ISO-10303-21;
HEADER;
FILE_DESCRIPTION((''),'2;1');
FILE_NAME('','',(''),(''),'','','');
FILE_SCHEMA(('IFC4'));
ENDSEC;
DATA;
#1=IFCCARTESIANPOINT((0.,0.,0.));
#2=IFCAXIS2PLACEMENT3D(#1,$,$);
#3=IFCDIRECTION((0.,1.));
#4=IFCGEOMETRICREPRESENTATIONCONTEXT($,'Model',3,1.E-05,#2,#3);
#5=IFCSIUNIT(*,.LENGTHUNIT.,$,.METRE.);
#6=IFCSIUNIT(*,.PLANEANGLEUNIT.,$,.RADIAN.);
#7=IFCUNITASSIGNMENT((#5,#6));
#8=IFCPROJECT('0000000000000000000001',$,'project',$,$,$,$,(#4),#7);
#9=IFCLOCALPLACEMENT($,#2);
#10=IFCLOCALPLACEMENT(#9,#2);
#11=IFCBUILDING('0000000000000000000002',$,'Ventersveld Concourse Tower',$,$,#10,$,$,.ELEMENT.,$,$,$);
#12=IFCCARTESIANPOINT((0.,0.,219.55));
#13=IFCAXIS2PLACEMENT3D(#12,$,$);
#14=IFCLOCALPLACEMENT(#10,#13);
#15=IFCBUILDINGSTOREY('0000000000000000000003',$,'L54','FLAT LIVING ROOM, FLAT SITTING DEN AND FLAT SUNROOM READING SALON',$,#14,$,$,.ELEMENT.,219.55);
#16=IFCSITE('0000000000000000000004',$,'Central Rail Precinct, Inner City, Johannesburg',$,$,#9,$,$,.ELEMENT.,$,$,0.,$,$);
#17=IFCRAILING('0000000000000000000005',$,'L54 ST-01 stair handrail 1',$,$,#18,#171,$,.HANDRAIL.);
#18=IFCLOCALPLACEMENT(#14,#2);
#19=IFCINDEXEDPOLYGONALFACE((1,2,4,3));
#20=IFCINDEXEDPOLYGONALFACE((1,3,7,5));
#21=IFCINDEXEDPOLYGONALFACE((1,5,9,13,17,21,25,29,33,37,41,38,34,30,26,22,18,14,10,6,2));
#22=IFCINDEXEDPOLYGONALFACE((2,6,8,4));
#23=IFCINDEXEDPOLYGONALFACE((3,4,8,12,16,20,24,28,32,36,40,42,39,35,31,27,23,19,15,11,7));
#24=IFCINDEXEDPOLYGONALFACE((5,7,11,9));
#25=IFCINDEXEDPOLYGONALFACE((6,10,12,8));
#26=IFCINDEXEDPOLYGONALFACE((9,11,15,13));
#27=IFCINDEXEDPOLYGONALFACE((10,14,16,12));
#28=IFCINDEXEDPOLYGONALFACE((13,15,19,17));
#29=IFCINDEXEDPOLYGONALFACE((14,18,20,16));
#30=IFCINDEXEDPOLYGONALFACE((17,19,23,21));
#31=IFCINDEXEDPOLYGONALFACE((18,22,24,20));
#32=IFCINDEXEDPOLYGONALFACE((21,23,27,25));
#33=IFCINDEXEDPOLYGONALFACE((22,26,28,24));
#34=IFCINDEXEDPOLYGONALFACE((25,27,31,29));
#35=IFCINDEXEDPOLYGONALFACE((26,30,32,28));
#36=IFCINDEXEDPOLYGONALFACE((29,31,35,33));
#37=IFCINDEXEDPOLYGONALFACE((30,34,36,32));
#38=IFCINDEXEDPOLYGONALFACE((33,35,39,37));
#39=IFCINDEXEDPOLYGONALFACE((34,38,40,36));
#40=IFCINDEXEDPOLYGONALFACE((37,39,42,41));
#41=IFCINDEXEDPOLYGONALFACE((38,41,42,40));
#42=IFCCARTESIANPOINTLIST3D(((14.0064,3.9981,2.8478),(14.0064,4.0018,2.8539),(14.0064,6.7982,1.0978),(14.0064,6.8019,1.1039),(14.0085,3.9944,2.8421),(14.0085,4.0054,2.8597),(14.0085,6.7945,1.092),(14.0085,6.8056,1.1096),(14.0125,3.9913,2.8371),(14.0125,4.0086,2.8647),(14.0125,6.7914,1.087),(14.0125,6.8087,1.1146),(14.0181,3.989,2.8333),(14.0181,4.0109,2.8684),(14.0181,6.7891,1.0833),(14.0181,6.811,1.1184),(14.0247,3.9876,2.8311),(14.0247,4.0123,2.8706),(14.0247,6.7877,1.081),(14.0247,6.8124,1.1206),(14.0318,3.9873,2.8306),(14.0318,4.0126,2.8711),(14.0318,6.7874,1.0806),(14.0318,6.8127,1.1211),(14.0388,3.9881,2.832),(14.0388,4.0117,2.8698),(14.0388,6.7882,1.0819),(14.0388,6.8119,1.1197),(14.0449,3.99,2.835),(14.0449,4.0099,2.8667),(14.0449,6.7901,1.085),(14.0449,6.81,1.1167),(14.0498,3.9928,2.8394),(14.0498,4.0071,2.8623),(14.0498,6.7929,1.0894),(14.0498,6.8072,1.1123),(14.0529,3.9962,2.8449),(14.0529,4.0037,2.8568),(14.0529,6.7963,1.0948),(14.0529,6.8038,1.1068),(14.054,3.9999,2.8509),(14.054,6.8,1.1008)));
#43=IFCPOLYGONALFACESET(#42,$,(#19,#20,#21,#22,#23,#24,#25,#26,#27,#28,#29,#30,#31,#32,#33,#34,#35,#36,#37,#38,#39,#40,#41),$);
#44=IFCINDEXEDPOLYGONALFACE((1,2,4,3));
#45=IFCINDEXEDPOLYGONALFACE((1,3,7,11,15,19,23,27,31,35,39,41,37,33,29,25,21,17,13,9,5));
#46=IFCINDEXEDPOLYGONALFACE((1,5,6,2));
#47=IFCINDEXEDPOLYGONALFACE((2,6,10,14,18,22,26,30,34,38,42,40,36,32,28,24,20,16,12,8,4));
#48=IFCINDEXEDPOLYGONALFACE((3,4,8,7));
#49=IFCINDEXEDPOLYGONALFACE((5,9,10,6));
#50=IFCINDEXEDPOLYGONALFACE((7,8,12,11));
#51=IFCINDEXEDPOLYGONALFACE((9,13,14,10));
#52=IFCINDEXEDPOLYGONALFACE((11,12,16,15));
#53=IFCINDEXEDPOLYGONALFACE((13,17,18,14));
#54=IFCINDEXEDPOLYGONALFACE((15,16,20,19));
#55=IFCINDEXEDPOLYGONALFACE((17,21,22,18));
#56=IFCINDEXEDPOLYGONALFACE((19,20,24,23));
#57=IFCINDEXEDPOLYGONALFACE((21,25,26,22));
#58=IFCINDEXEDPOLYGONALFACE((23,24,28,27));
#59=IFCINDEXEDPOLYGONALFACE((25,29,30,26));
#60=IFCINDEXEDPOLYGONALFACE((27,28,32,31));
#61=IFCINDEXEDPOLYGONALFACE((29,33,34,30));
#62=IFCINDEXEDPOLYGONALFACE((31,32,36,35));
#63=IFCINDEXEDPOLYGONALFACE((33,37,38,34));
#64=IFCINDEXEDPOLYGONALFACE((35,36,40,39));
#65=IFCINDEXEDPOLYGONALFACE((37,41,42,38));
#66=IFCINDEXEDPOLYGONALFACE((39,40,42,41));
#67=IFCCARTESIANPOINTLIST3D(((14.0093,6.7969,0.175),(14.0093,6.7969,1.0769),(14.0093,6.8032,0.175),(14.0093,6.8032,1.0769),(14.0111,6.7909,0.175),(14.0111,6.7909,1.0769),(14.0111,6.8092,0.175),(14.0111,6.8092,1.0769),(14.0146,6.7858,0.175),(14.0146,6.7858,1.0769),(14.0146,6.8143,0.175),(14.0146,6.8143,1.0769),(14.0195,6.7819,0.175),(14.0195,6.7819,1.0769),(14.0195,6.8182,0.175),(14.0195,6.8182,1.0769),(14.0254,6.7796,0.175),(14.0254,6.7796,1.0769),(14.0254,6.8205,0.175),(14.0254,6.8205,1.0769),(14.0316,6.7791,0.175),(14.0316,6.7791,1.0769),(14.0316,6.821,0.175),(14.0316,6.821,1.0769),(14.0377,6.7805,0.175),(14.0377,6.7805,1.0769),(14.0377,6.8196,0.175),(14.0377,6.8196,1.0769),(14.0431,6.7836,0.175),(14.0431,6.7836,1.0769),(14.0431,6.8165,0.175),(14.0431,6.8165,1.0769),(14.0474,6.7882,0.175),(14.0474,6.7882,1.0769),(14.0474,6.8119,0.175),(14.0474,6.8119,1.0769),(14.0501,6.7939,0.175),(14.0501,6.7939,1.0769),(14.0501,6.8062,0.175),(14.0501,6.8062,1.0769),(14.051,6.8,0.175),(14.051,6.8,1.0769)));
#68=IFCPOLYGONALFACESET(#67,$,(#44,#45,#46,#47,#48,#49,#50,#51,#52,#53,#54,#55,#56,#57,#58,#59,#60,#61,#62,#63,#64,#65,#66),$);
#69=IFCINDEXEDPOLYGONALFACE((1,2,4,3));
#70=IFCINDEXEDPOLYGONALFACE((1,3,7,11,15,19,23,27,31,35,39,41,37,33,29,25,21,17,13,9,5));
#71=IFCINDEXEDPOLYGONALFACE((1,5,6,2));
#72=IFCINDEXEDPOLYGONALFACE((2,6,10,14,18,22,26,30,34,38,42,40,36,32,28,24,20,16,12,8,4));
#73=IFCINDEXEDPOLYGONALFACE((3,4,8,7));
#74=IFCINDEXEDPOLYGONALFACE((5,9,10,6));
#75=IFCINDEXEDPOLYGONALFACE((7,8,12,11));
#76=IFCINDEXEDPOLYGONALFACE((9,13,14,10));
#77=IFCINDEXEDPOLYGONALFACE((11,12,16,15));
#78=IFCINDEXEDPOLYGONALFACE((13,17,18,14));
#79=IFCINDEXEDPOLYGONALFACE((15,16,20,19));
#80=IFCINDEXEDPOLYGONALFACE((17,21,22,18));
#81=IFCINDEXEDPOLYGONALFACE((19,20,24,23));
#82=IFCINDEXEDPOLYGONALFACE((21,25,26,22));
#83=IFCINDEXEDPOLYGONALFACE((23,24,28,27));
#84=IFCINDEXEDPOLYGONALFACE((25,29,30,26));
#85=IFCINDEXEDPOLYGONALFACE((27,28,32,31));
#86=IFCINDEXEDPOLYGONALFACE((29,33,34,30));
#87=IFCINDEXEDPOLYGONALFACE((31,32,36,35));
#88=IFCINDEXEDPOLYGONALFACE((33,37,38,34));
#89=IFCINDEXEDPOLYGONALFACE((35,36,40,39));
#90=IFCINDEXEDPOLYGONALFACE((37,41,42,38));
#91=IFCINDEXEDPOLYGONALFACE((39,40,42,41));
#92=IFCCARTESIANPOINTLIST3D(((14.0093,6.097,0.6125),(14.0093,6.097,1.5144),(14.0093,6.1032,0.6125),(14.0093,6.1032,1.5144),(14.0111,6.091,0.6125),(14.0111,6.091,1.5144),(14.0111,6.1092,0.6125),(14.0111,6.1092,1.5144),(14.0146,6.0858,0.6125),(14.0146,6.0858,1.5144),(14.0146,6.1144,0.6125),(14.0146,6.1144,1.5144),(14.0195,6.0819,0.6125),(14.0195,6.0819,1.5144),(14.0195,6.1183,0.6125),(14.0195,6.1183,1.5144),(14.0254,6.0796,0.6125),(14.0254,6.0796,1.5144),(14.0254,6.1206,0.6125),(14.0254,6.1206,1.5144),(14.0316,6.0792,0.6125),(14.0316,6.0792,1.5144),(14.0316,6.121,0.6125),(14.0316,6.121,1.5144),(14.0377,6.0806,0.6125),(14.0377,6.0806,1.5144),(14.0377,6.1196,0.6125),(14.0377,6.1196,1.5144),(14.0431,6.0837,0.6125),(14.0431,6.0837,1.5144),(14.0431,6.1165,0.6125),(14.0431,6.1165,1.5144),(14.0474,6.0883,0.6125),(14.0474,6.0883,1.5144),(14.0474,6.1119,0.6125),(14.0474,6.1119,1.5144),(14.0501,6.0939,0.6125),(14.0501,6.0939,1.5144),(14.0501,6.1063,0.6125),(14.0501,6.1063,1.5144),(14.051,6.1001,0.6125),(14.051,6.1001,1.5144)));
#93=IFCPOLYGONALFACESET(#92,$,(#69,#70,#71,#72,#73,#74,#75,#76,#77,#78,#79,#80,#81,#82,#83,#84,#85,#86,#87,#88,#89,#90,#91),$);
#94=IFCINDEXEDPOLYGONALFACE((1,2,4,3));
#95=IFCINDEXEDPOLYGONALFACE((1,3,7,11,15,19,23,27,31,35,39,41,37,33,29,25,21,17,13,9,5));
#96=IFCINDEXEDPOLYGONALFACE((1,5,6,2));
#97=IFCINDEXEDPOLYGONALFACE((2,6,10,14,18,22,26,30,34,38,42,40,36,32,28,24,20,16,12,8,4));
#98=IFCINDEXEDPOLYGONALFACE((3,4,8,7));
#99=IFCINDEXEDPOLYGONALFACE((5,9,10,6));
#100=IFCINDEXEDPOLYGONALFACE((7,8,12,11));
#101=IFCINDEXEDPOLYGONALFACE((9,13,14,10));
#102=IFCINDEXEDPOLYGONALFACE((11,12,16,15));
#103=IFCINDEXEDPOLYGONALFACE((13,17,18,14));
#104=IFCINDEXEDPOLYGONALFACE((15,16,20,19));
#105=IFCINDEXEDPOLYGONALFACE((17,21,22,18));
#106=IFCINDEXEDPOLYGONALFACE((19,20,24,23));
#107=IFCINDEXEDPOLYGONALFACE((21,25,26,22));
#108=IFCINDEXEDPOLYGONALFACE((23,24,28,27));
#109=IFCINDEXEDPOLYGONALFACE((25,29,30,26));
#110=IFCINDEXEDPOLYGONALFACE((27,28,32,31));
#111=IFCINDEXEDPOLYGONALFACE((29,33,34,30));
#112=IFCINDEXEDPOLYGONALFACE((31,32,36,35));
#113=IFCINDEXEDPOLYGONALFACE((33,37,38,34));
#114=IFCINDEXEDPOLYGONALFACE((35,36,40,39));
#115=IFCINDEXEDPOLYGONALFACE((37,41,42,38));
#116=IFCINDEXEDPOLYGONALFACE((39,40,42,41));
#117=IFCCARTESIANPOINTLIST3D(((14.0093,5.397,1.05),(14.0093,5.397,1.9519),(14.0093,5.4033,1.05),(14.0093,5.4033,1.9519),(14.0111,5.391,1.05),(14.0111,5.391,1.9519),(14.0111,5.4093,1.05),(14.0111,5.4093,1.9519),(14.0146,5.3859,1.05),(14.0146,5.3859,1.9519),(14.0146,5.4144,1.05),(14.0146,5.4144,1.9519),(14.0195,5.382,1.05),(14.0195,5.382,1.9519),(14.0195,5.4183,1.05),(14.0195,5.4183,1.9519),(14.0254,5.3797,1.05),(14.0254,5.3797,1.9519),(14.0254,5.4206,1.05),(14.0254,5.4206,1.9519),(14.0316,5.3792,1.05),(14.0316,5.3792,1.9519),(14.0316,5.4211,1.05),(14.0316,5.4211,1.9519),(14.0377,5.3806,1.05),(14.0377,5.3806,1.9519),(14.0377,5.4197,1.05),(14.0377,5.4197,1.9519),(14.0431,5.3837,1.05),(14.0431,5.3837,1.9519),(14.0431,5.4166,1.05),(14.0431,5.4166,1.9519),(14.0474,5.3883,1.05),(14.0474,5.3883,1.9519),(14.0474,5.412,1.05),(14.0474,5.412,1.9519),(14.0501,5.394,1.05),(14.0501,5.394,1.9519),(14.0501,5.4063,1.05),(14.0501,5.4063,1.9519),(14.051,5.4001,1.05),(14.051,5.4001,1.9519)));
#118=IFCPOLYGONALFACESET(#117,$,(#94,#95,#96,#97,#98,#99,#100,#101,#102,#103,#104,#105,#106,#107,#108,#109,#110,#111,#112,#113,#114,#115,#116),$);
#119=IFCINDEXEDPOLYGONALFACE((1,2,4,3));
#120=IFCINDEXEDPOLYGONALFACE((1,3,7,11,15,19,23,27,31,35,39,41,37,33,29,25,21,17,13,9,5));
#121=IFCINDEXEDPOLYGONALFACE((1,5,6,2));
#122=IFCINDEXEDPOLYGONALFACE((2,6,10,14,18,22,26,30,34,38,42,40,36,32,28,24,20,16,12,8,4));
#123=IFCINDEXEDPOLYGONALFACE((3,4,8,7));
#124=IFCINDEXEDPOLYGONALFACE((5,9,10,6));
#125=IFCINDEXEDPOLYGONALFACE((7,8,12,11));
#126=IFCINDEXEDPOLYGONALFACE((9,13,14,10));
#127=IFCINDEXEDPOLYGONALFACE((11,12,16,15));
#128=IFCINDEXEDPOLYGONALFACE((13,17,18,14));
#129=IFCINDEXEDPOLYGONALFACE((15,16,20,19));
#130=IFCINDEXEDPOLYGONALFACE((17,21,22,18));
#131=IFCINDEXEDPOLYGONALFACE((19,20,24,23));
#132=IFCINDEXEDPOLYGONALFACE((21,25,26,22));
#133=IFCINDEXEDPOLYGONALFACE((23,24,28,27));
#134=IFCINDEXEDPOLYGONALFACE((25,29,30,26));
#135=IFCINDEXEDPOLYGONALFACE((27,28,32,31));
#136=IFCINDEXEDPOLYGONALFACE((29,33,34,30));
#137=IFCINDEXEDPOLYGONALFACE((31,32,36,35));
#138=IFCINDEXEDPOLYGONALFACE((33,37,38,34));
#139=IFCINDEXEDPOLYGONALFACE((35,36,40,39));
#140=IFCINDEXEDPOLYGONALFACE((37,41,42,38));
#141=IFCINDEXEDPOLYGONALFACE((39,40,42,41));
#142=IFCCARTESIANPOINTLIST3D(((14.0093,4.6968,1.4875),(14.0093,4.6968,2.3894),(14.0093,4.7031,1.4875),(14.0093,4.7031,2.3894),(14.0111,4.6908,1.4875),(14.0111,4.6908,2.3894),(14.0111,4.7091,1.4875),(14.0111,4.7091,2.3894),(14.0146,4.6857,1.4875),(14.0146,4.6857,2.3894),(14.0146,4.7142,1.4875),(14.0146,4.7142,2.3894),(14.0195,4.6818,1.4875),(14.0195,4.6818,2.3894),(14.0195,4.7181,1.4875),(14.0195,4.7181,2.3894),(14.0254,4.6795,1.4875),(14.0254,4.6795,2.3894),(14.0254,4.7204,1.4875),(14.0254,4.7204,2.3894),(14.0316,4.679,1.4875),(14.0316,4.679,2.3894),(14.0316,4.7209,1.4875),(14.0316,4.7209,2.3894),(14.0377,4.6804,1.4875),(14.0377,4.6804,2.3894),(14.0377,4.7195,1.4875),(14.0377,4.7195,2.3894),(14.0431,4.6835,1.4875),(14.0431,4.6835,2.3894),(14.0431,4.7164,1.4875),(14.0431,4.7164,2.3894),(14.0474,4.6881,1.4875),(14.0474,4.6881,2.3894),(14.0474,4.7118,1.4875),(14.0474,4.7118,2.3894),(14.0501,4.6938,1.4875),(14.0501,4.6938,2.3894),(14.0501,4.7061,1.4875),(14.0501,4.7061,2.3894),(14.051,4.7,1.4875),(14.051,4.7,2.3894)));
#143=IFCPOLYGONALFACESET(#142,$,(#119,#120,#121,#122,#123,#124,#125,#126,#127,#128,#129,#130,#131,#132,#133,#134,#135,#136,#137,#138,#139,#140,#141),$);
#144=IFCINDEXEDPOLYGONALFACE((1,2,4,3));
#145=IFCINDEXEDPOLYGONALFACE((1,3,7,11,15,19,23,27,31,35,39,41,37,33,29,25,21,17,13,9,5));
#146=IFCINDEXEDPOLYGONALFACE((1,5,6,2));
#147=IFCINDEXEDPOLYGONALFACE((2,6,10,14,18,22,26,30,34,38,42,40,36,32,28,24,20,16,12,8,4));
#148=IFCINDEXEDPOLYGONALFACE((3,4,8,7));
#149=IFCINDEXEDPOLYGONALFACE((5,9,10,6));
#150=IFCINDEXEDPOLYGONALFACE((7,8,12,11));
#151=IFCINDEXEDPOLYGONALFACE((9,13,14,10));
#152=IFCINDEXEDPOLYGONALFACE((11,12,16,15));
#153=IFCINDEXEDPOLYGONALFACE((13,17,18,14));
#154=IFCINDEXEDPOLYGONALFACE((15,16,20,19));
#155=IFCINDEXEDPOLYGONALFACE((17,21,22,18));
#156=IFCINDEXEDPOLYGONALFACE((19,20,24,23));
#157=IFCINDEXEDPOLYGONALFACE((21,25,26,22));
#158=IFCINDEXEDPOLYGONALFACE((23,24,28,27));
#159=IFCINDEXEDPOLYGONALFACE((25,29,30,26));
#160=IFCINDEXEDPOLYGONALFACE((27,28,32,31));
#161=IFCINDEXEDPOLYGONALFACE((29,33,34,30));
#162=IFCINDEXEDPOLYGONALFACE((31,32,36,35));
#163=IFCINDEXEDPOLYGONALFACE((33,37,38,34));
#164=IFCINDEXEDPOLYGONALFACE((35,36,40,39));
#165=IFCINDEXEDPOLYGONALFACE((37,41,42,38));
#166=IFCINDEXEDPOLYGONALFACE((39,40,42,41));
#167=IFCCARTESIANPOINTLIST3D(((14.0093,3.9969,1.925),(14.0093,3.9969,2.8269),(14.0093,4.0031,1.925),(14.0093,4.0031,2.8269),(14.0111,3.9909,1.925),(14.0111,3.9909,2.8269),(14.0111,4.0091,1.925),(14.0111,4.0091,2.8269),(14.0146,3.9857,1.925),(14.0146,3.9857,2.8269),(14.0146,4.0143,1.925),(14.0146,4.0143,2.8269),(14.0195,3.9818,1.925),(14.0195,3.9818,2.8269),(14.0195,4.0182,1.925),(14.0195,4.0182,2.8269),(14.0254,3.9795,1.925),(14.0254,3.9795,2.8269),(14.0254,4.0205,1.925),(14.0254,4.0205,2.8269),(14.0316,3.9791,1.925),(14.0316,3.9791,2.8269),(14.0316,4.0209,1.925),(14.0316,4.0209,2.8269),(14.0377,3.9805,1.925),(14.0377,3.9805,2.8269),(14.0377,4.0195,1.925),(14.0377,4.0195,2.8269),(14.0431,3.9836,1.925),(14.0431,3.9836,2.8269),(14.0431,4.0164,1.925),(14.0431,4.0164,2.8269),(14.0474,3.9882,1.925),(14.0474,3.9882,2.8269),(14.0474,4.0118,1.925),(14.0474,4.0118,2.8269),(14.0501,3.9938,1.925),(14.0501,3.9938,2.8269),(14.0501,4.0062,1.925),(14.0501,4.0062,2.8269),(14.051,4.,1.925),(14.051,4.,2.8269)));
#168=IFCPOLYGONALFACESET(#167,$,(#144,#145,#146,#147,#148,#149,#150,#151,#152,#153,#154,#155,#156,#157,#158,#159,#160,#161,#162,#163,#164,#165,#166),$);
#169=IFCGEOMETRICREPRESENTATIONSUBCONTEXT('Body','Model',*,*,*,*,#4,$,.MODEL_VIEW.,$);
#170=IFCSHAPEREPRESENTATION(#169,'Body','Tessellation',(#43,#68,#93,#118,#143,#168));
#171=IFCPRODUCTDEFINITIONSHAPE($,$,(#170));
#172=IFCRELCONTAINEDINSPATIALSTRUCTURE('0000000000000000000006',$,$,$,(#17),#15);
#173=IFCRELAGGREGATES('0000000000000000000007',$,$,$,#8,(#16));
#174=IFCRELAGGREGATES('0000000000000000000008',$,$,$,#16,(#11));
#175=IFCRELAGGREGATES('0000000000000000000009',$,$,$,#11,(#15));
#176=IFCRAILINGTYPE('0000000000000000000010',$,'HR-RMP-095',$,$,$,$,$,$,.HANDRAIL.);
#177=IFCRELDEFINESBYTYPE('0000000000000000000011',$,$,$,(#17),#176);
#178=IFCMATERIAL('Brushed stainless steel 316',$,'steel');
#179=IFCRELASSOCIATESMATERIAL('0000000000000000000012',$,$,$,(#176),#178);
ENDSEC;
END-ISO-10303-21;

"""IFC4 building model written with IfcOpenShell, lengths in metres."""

from ifc_helpers import new_model, si_unit, direction, frame, origin, origin_2d, place, context, subcontext, project, spatial, circle, extrude, material, type_object, element, save


model = new_model("IFC4")

# Units and contexts
model_context = context("Model", 3, precision=1e-05, world=origin(), true_north=direction((0.0, 1.0)))
body_context = subcontext(model_context, "Body", "Model", "MODEL_VIEW")
ifc_project = project(units=[si_unit("LENGTHUNIT", "METRE"), si_unit("PLANEANGLEUNIT", "RADIAN")], contexts=[model_context])

# Site, building, storey
site_placement = place(None, origin())
site = spatial("IfcSite", under=ifc_project, at=site_placement, Name="Central Rail Precinct, Inner City, Johannesburg", CompositionType="ELEMENT", RefElevation=0.0)
building_placement = place(site_placement, origin())
building = spatial("IfcBuilding", under=site, at=building_placement, Name="Ventersveld Concourse Tower", CompositionType="ELEMENT")
storey_placement = place(building_placement, frame((0.0, 0.0, 219.55)))
storey = spatial("IfcBuildingStorey", under=building, at=storey_placement, Name="L54", Description="FLAT LIVING ROOM, FLAT SITTING DEN AND FLAT SUNROOM READING SALON", CompositionType="ELEMENT", Elevation=219.55)

# Shared definitions
ifc_material_1 = material(Name="Brushed stainless steel 316", Category="steel")

# Railing
railing_type_1 = type_object("IfcRailingType", Name="HR-RMP-095", PredefinedType="HANDRAIL", material=ifc_material_1)
railing_1_placement = place(storey_placement, frame((14.03, 6.8, 0.175)))
element("IfcRailing", 1, at=railing_1_placement, inside=storey, type_object=railing_type_1, Name="L54 ST-01 stair handrail 1", PredefinedType="HANDRAIL", context=body_context, shape_type="SweptSolid", body=[
    extrude(circle(Radius=0.0239, at=origin_2d()), frame((0.0, 0.0, 0.9258), z_axis=(0.0, -0.848002, 0.529992), x_axis=(1.0, 0.0, 0.0)), (0.0, 0.0, 1.0), 3.302),
    extrude(circle(Radius=0.021, at=origin_2d()), origin(), (0.0, 0.0, 1.0), 0.9019),
    extrude(circle(Radius=0.021, at=origin_2d()), frame((0.0, -0.7, 0.4375)), (0.0, 0.0, 1.0), 0.9019),
    extrude(circle(Radius=0.021, at=origin_2d()), frame((0.0, -1.3999, 0.875)), (0.0, 0.0, 1.0), 0.9019),
    extrude(circle(Radius=0.021, at=origin_2d()), frame((0.0, -2.1001, 1.3125)), (0.0, 0.0, 1.0), 0.9019),
    extrude(circle(Radius=0.021, at=origin_2d()), frame((0.0, -2.8, 1.75)), (0.0, 0.0, 1.0), 0.9019),
])

save(model, "model.ifc")
